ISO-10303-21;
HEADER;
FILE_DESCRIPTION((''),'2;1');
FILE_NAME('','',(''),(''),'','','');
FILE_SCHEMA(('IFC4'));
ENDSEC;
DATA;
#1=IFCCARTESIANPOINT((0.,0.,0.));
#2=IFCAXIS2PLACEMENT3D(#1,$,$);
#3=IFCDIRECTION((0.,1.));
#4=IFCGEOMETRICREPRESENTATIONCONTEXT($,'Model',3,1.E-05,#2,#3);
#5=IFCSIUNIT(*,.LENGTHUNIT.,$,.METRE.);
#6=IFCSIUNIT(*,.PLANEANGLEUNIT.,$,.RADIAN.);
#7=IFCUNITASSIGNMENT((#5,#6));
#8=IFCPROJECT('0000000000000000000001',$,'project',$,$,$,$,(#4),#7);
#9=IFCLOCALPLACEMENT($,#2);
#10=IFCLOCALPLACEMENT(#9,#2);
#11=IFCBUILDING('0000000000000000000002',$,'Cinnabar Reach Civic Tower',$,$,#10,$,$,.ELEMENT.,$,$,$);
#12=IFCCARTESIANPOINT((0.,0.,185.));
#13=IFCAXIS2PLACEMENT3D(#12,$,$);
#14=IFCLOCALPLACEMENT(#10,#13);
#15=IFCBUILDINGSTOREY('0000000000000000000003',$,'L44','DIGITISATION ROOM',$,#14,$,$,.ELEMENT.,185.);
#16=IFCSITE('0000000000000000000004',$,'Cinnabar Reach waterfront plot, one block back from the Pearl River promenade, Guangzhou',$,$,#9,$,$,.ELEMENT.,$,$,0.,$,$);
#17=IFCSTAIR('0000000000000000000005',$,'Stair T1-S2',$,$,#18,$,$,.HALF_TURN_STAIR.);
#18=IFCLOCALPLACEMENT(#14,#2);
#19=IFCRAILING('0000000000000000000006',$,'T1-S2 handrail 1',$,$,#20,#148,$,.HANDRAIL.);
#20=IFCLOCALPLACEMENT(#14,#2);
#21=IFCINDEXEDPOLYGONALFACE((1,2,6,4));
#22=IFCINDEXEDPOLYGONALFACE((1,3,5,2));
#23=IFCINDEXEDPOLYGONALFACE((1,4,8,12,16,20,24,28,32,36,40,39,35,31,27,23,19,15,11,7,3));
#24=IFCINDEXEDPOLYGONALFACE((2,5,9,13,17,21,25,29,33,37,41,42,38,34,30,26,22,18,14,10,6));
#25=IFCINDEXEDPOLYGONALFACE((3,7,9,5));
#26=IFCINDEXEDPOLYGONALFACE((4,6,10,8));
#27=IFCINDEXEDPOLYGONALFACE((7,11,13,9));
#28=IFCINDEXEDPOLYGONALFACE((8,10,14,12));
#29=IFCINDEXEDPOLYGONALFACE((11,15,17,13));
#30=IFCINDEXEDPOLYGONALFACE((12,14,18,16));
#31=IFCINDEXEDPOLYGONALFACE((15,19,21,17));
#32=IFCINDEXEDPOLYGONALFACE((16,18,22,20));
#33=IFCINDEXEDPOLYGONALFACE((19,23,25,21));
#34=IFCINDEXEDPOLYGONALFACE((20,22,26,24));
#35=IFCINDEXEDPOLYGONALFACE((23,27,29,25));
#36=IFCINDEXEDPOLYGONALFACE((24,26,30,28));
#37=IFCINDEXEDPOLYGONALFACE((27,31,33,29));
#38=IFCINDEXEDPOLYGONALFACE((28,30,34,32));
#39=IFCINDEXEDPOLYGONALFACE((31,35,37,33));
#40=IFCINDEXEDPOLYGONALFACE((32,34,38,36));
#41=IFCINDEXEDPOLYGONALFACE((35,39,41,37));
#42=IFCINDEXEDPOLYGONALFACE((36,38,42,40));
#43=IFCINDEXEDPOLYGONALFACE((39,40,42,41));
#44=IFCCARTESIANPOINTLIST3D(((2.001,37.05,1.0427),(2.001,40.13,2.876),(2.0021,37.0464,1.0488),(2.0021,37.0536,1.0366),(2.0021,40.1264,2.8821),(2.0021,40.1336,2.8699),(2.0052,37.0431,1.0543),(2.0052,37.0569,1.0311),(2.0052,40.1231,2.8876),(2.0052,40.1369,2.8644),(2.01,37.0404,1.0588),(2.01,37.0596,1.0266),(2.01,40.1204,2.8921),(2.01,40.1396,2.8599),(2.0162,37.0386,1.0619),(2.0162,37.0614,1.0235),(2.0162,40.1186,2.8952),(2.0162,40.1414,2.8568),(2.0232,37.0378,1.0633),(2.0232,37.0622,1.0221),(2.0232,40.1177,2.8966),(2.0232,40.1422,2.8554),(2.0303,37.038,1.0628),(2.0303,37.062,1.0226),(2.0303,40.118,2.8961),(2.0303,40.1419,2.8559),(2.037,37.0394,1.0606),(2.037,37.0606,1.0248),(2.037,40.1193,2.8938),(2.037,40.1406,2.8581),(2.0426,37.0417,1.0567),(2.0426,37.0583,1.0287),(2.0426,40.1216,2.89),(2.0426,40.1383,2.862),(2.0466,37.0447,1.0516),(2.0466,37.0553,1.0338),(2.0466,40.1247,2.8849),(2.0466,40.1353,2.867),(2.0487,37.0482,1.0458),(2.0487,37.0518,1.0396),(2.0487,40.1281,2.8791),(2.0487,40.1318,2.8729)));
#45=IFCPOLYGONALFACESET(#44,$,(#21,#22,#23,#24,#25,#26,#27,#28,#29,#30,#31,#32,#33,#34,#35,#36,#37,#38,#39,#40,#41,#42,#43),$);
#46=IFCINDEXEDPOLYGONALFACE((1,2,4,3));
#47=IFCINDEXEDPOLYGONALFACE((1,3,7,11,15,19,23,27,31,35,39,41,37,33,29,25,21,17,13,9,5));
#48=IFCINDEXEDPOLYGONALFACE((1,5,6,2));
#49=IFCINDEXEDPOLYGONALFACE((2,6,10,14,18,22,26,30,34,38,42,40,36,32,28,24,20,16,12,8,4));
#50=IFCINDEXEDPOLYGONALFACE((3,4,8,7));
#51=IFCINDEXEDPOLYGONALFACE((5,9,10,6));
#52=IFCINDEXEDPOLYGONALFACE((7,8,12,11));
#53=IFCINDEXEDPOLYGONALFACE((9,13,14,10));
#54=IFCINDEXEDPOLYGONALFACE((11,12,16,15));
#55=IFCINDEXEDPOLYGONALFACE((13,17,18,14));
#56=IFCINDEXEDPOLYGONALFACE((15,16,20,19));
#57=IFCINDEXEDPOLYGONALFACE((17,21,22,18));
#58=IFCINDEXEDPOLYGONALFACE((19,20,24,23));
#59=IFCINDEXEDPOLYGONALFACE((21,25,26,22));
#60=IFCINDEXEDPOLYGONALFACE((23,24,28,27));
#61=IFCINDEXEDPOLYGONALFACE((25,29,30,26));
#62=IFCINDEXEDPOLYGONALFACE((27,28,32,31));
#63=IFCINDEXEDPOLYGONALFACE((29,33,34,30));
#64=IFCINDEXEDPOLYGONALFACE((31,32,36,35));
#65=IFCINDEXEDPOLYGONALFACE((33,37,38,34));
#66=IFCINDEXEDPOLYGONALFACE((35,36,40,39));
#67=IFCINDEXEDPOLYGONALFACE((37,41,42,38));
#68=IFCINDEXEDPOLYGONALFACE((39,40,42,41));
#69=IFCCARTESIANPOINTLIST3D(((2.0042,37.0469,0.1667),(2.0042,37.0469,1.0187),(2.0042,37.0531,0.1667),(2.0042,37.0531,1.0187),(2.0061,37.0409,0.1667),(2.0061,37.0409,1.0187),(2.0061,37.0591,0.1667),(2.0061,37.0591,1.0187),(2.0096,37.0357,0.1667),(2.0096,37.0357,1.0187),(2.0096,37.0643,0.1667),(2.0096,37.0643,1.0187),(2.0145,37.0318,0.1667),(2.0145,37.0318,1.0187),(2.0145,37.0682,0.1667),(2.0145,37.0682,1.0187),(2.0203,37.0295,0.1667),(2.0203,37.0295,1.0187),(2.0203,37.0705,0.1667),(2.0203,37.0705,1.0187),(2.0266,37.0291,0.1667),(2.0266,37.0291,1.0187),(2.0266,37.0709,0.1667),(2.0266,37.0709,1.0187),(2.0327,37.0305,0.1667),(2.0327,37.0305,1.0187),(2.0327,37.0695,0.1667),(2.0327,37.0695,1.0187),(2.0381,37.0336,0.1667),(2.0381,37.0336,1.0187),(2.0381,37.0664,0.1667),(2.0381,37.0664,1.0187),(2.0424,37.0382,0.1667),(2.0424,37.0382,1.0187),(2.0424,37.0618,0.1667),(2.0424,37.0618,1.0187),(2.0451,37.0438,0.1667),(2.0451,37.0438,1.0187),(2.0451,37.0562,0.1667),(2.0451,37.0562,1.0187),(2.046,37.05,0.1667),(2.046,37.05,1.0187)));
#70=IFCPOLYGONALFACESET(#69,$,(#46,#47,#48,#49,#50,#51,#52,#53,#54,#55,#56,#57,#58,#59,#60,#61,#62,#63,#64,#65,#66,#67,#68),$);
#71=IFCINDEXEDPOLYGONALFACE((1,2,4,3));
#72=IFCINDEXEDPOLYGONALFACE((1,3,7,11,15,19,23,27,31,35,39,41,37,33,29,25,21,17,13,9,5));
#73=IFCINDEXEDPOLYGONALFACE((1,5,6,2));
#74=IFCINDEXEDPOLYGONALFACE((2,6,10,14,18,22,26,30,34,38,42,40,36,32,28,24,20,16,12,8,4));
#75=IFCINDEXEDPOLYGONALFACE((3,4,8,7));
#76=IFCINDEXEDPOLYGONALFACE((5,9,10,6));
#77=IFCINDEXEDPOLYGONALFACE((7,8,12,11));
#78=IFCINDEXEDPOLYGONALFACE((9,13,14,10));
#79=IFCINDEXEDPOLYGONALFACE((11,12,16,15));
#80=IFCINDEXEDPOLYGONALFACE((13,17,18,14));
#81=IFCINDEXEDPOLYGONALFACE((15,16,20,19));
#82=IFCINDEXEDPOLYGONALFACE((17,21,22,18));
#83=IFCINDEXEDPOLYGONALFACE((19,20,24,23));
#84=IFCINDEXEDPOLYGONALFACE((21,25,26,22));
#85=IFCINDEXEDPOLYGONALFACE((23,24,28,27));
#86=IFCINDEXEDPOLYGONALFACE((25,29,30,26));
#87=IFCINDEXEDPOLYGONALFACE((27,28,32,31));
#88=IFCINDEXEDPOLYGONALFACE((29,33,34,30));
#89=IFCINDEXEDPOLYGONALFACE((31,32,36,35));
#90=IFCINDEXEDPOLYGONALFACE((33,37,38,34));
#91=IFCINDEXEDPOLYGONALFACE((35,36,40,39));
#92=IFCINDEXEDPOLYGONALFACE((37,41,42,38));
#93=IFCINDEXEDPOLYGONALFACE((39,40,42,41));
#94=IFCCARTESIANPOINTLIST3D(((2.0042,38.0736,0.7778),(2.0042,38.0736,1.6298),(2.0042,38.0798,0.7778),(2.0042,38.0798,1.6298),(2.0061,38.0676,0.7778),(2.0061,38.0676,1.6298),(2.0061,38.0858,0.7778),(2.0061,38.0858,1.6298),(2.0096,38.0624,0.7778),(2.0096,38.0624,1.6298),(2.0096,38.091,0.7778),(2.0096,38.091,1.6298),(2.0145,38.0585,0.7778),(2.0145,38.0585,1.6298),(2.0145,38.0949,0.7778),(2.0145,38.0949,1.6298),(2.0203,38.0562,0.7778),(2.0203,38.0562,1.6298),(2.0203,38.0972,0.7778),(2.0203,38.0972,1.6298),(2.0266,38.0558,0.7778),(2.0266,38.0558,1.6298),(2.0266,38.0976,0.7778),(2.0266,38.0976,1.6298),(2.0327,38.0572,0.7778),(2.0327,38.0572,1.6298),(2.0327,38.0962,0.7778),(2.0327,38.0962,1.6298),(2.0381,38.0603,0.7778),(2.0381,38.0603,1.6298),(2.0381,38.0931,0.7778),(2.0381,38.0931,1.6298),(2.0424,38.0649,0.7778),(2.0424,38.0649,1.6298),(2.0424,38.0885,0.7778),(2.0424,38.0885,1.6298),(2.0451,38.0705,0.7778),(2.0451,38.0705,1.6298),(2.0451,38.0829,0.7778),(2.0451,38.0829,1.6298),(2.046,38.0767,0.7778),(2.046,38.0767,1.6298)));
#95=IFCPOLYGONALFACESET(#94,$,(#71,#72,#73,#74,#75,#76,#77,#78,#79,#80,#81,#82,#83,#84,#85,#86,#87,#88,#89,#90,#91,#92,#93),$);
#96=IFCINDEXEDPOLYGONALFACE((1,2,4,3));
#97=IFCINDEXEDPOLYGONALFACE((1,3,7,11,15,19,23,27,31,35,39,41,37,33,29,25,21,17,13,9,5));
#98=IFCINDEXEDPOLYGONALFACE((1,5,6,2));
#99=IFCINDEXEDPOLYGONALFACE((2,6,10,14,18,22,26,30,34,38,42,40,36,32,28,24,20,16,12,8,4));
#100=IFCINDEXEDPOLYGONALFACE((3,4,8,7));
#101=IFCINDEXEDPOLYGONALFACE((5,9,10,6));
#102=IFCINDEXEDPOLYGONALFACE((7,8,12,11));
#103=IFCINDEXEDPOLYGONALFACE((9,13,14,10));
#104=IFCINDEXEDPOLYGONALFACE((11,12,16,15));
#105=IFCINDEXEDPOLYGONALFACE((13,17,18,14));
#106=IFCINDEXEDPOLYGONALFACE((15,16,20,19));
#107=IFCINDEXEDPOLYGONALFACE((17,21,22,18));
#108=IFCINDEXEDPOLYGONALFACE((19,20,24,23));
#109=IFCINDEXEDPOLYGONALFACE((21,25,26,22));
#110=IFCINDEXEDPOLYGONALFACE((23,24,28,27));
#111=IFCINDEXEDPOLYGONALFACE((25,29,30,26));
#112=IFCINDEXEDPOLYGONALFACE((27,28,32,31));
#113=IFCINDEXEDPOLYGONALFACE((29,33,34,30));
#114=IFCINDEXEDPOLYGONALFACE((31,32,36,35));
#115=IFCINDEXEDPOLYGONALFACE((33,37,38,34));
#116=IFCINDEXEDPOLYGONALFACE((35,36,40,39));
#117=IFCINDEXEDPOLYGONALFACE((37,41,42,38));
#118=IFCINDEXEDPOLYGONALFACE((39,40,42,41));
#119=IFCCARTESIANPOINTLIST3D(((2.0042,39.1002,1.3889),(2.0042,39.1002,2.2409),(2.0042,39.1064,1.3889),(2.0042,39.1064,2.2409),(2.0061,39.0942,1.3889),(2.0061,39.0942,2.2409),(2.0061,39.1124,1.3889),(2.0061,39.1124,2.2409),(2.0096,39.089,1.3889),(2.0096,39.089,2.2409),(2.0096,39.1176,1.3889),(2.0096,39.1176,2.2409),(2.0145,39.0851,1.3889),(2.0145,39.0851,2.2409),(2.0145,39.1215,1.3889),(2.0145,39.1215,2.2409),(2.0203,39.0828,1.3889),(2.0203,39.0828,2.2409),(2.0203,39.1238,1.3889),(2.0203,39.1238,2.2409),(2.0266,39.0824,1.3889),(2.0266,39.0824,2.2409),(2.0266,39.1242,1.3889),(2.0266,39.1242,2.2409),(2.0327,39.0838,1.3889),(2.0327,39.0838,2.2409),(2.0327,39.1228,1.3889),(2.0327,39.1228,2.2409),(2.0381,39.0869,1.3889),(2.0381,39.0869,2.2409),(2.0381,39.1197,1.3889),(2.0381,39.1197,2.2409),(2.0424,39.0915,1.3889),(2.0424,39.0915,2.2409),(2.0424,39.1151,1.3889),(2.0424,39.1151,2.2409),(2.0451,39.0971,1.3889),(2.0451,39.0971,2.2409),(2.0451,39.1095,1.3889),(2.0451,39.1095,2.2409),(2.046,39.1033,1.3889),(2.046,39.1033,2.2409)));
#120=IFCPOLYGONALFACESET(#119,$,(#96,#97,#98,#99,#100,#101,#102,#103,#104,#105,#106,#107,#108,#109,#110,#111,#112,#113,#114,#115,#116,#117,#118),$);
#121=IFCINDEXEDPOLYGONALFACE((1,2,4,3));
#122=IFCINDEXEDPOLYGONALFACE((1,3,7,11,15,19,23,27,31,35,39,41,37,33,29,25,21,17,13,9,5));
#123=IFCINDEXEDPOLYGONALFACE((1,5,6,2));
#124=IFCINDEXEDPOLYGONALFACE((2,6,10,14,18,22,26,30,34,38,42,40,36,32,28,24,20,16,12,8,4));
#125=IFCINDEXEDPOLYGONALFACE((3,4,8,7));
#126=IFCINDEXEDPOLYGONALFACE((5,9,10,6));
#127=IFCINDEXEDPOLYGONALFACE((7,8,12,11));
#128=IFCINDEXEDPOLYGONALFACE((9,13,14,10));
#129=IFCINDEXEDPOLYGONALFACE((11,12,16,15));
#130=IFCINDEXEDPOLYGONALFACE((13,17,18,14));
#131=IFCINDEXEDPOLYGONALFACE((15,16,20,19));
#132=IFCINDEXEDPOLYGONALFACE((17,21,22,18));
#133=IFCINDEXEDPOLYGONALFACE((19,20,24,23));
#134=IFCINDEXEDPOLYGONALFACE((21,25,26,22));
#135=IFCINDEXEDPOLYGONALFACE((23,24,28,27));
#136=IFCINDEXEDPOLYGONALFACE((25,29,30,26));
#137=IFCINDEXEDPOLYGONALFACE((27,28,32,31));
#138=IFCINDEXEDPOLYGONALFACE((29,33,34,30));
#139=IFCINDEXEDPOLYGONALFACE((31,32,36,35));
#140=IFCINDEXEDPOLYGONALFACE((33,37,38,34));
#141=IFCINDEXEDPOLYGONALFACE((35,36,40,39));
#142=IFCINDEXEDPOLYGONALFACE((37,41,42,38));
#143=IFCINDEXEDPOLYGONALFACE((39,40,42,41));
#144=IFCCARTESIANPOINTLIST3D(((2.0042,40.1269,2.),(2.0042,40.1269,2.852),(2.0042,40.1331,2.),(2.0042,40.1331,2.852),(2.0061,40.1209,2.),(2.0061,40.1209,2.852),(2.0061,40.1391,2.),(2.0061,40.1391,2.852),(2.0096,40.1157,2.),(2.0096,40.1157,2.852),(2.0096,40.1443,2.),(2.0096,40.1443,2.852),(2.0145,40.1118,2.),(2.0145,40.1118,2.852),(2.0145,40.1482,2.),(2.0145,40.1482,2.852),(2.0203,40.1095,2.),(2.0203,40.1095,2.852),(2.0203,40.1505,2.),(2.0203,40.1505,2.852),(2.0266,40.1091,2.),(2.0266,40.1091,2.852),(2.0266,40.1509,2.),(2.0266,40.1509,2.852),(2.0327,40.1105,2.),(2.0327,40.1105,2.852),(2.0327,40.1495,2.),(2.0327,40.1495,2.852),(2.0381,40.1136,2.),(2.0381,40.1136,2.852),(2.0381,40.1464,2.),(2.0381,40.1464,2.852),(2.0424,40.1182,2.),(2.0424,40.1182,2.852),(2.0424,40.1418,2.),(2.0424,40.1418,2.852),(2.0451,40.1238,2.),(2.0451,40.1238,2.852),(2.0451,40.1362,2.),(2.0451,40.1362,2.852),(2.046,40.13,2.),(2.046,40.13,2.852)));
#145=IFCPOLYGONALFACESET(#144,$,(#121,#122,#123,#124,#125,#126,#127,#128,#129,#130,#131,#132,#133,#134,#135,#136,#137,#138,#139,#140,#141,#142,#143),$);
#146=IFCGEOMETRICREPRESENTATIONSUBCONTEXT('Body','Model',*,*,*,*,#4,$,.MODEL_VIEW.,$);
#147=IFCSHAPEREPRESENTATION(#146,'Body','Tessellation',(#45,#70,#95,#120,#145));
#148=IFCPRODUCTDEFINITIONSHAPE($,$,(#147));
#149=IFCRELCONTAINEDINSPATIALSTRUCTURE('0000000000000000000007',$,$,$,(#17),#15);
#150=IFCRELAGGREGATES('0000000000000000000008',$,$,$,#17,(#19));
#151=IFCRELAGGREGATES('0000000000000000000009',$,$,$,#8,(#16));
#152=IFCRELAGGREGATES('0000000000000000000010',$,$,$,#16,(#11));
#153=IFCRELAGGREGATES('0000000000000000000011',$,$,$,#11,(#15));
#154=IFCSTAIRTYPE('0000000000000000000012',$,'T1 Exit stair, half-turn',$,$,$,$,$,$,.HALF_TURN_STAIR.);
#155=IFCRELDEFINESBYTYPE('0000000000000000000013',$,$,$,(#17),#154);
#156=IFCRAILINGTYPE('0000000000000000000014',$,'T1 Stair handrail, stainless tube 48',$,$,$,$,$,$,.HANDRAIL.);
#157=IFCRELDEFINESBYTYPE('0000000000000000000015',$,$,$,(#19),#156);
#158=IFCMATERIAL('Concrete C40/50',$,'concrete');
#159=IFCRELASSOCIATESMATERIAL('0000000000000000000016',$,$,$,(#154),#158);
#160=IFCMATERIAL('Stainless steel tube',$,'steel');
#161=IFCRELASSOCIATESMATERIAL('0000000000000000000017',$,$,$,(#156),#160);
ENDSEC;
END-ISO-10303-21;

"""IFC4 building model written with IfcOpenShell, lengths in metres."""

from ifc_helpers import new_model, si_unit, direction, frame, origin, origin_2d, place, context, subcontext, project, spatial, circle, extrude, material, type_object, element, aggregate, save


model = new_model("IFC4")

# Units and contexts
model_context = context("Model", 3, precision=1e-05, world=origin(), true_north=direction((0.0, 1.0)))
body_context = subcontext(model_context, "Body", "Model", "MODEL_VIEW")
ifc_project = project(units=[si_unit("LENGTHUNIT", "METRE"), si_unit("PLANEANGLEUNIT", "RADIAN")], contexts=[model_context])

# Site, building, storey
site_placement = place(None, origin())
site = spatial("IfcSite", under=ifc_project, at=site_placement, Name="Cinnabar Reach waterfront plot, one block back from the Pearl River promenade, Guangzhou", CompositionType="ELEMENT", RefElevation=0.0)
building_placement = place(site_placement, origin())
building = spatial("IfcBuilding", under=site, at=building_placement, Name="Cinnabar Reach Civic Tower", CompositionType="ELEMENT")
storey_placement = place(building_placement, frame((0.0, 0.0, 185.0)))
storey = spatial("IfcBuildingStorey", under=building, at=storey_placement, Name="L44", Description="DIGITISATION ROOM", CompositionType="ELEMENT", Elevation=185.0)

# Shared definitions
ifc_material_1 = material(Name="Concrete C40/50", Category="concrete")

# Stair, railing
stair_type = type_object("IfcStairType", Name="T1 Exit stair, half-turn", PredefinedType="HALF_TURN_STAIR", material=ifc_material_1)
stair_placement = place(storey_placement, origin())
stair = element("IfcStair", 1, at=stair_placement, inside=storey, type_object=stair_type, Name="Stair T1-S2", PredefinedType="HALF_TURN_STAIR")
ifc_material_2 = material(Name="Stainless steel tube", Category="steel")
railing_type = type_object("IfcRailingType", Name="T1 Stair handrail, stainless tube 48", PredefinedType="HANDRAIL", material=ifc_material_2)
railing_1_placement = place(storey_placement, frame((2.025, 37.05, 0.1667)))
railing_1 = element("IfcRailing", 2, at=railing_1_placement, type_object=railing_type, Name="T1-S2 handrail 1", PredefinedType="HANDRAIL", context=body_context, shape_type="SweptSolid", body=[
    extrude(circle(Radius=0.024, at=origin_2d()), frame((0.0, 0.0, 0.876), z_axis=(0.0, 0.859297, 0.511477), x_axis=(-1.0, 0.0, 0.0)), (0.0, 0.0, 1.0), 3.5843),
    extrude(circle(Radius=0.021, at=origin_2d()), origin(), (0.0, 0.0, 1.0), 0.852),
    extrude(circle(Radius=0.021, at=origin_2d()), frame((0.0, 1.0267, 0.6111)), (0.0, 0.0, 1.0), 0.852),
    extrude(circle(Radius=0.021, at=origin_2d()), frame((0.0, 2.0533, 1.2222)), (0.0, 0.0, 1.0), 0.852),
    extrude(circle(Radius=0.021, at=origin_2d()), frame((0.0, 3.08, 1.8333)), (0.0, 0.0, 1.0), 0.852),
])
aggregate(stair, [railing_1])

save(model, "model.ifc")
